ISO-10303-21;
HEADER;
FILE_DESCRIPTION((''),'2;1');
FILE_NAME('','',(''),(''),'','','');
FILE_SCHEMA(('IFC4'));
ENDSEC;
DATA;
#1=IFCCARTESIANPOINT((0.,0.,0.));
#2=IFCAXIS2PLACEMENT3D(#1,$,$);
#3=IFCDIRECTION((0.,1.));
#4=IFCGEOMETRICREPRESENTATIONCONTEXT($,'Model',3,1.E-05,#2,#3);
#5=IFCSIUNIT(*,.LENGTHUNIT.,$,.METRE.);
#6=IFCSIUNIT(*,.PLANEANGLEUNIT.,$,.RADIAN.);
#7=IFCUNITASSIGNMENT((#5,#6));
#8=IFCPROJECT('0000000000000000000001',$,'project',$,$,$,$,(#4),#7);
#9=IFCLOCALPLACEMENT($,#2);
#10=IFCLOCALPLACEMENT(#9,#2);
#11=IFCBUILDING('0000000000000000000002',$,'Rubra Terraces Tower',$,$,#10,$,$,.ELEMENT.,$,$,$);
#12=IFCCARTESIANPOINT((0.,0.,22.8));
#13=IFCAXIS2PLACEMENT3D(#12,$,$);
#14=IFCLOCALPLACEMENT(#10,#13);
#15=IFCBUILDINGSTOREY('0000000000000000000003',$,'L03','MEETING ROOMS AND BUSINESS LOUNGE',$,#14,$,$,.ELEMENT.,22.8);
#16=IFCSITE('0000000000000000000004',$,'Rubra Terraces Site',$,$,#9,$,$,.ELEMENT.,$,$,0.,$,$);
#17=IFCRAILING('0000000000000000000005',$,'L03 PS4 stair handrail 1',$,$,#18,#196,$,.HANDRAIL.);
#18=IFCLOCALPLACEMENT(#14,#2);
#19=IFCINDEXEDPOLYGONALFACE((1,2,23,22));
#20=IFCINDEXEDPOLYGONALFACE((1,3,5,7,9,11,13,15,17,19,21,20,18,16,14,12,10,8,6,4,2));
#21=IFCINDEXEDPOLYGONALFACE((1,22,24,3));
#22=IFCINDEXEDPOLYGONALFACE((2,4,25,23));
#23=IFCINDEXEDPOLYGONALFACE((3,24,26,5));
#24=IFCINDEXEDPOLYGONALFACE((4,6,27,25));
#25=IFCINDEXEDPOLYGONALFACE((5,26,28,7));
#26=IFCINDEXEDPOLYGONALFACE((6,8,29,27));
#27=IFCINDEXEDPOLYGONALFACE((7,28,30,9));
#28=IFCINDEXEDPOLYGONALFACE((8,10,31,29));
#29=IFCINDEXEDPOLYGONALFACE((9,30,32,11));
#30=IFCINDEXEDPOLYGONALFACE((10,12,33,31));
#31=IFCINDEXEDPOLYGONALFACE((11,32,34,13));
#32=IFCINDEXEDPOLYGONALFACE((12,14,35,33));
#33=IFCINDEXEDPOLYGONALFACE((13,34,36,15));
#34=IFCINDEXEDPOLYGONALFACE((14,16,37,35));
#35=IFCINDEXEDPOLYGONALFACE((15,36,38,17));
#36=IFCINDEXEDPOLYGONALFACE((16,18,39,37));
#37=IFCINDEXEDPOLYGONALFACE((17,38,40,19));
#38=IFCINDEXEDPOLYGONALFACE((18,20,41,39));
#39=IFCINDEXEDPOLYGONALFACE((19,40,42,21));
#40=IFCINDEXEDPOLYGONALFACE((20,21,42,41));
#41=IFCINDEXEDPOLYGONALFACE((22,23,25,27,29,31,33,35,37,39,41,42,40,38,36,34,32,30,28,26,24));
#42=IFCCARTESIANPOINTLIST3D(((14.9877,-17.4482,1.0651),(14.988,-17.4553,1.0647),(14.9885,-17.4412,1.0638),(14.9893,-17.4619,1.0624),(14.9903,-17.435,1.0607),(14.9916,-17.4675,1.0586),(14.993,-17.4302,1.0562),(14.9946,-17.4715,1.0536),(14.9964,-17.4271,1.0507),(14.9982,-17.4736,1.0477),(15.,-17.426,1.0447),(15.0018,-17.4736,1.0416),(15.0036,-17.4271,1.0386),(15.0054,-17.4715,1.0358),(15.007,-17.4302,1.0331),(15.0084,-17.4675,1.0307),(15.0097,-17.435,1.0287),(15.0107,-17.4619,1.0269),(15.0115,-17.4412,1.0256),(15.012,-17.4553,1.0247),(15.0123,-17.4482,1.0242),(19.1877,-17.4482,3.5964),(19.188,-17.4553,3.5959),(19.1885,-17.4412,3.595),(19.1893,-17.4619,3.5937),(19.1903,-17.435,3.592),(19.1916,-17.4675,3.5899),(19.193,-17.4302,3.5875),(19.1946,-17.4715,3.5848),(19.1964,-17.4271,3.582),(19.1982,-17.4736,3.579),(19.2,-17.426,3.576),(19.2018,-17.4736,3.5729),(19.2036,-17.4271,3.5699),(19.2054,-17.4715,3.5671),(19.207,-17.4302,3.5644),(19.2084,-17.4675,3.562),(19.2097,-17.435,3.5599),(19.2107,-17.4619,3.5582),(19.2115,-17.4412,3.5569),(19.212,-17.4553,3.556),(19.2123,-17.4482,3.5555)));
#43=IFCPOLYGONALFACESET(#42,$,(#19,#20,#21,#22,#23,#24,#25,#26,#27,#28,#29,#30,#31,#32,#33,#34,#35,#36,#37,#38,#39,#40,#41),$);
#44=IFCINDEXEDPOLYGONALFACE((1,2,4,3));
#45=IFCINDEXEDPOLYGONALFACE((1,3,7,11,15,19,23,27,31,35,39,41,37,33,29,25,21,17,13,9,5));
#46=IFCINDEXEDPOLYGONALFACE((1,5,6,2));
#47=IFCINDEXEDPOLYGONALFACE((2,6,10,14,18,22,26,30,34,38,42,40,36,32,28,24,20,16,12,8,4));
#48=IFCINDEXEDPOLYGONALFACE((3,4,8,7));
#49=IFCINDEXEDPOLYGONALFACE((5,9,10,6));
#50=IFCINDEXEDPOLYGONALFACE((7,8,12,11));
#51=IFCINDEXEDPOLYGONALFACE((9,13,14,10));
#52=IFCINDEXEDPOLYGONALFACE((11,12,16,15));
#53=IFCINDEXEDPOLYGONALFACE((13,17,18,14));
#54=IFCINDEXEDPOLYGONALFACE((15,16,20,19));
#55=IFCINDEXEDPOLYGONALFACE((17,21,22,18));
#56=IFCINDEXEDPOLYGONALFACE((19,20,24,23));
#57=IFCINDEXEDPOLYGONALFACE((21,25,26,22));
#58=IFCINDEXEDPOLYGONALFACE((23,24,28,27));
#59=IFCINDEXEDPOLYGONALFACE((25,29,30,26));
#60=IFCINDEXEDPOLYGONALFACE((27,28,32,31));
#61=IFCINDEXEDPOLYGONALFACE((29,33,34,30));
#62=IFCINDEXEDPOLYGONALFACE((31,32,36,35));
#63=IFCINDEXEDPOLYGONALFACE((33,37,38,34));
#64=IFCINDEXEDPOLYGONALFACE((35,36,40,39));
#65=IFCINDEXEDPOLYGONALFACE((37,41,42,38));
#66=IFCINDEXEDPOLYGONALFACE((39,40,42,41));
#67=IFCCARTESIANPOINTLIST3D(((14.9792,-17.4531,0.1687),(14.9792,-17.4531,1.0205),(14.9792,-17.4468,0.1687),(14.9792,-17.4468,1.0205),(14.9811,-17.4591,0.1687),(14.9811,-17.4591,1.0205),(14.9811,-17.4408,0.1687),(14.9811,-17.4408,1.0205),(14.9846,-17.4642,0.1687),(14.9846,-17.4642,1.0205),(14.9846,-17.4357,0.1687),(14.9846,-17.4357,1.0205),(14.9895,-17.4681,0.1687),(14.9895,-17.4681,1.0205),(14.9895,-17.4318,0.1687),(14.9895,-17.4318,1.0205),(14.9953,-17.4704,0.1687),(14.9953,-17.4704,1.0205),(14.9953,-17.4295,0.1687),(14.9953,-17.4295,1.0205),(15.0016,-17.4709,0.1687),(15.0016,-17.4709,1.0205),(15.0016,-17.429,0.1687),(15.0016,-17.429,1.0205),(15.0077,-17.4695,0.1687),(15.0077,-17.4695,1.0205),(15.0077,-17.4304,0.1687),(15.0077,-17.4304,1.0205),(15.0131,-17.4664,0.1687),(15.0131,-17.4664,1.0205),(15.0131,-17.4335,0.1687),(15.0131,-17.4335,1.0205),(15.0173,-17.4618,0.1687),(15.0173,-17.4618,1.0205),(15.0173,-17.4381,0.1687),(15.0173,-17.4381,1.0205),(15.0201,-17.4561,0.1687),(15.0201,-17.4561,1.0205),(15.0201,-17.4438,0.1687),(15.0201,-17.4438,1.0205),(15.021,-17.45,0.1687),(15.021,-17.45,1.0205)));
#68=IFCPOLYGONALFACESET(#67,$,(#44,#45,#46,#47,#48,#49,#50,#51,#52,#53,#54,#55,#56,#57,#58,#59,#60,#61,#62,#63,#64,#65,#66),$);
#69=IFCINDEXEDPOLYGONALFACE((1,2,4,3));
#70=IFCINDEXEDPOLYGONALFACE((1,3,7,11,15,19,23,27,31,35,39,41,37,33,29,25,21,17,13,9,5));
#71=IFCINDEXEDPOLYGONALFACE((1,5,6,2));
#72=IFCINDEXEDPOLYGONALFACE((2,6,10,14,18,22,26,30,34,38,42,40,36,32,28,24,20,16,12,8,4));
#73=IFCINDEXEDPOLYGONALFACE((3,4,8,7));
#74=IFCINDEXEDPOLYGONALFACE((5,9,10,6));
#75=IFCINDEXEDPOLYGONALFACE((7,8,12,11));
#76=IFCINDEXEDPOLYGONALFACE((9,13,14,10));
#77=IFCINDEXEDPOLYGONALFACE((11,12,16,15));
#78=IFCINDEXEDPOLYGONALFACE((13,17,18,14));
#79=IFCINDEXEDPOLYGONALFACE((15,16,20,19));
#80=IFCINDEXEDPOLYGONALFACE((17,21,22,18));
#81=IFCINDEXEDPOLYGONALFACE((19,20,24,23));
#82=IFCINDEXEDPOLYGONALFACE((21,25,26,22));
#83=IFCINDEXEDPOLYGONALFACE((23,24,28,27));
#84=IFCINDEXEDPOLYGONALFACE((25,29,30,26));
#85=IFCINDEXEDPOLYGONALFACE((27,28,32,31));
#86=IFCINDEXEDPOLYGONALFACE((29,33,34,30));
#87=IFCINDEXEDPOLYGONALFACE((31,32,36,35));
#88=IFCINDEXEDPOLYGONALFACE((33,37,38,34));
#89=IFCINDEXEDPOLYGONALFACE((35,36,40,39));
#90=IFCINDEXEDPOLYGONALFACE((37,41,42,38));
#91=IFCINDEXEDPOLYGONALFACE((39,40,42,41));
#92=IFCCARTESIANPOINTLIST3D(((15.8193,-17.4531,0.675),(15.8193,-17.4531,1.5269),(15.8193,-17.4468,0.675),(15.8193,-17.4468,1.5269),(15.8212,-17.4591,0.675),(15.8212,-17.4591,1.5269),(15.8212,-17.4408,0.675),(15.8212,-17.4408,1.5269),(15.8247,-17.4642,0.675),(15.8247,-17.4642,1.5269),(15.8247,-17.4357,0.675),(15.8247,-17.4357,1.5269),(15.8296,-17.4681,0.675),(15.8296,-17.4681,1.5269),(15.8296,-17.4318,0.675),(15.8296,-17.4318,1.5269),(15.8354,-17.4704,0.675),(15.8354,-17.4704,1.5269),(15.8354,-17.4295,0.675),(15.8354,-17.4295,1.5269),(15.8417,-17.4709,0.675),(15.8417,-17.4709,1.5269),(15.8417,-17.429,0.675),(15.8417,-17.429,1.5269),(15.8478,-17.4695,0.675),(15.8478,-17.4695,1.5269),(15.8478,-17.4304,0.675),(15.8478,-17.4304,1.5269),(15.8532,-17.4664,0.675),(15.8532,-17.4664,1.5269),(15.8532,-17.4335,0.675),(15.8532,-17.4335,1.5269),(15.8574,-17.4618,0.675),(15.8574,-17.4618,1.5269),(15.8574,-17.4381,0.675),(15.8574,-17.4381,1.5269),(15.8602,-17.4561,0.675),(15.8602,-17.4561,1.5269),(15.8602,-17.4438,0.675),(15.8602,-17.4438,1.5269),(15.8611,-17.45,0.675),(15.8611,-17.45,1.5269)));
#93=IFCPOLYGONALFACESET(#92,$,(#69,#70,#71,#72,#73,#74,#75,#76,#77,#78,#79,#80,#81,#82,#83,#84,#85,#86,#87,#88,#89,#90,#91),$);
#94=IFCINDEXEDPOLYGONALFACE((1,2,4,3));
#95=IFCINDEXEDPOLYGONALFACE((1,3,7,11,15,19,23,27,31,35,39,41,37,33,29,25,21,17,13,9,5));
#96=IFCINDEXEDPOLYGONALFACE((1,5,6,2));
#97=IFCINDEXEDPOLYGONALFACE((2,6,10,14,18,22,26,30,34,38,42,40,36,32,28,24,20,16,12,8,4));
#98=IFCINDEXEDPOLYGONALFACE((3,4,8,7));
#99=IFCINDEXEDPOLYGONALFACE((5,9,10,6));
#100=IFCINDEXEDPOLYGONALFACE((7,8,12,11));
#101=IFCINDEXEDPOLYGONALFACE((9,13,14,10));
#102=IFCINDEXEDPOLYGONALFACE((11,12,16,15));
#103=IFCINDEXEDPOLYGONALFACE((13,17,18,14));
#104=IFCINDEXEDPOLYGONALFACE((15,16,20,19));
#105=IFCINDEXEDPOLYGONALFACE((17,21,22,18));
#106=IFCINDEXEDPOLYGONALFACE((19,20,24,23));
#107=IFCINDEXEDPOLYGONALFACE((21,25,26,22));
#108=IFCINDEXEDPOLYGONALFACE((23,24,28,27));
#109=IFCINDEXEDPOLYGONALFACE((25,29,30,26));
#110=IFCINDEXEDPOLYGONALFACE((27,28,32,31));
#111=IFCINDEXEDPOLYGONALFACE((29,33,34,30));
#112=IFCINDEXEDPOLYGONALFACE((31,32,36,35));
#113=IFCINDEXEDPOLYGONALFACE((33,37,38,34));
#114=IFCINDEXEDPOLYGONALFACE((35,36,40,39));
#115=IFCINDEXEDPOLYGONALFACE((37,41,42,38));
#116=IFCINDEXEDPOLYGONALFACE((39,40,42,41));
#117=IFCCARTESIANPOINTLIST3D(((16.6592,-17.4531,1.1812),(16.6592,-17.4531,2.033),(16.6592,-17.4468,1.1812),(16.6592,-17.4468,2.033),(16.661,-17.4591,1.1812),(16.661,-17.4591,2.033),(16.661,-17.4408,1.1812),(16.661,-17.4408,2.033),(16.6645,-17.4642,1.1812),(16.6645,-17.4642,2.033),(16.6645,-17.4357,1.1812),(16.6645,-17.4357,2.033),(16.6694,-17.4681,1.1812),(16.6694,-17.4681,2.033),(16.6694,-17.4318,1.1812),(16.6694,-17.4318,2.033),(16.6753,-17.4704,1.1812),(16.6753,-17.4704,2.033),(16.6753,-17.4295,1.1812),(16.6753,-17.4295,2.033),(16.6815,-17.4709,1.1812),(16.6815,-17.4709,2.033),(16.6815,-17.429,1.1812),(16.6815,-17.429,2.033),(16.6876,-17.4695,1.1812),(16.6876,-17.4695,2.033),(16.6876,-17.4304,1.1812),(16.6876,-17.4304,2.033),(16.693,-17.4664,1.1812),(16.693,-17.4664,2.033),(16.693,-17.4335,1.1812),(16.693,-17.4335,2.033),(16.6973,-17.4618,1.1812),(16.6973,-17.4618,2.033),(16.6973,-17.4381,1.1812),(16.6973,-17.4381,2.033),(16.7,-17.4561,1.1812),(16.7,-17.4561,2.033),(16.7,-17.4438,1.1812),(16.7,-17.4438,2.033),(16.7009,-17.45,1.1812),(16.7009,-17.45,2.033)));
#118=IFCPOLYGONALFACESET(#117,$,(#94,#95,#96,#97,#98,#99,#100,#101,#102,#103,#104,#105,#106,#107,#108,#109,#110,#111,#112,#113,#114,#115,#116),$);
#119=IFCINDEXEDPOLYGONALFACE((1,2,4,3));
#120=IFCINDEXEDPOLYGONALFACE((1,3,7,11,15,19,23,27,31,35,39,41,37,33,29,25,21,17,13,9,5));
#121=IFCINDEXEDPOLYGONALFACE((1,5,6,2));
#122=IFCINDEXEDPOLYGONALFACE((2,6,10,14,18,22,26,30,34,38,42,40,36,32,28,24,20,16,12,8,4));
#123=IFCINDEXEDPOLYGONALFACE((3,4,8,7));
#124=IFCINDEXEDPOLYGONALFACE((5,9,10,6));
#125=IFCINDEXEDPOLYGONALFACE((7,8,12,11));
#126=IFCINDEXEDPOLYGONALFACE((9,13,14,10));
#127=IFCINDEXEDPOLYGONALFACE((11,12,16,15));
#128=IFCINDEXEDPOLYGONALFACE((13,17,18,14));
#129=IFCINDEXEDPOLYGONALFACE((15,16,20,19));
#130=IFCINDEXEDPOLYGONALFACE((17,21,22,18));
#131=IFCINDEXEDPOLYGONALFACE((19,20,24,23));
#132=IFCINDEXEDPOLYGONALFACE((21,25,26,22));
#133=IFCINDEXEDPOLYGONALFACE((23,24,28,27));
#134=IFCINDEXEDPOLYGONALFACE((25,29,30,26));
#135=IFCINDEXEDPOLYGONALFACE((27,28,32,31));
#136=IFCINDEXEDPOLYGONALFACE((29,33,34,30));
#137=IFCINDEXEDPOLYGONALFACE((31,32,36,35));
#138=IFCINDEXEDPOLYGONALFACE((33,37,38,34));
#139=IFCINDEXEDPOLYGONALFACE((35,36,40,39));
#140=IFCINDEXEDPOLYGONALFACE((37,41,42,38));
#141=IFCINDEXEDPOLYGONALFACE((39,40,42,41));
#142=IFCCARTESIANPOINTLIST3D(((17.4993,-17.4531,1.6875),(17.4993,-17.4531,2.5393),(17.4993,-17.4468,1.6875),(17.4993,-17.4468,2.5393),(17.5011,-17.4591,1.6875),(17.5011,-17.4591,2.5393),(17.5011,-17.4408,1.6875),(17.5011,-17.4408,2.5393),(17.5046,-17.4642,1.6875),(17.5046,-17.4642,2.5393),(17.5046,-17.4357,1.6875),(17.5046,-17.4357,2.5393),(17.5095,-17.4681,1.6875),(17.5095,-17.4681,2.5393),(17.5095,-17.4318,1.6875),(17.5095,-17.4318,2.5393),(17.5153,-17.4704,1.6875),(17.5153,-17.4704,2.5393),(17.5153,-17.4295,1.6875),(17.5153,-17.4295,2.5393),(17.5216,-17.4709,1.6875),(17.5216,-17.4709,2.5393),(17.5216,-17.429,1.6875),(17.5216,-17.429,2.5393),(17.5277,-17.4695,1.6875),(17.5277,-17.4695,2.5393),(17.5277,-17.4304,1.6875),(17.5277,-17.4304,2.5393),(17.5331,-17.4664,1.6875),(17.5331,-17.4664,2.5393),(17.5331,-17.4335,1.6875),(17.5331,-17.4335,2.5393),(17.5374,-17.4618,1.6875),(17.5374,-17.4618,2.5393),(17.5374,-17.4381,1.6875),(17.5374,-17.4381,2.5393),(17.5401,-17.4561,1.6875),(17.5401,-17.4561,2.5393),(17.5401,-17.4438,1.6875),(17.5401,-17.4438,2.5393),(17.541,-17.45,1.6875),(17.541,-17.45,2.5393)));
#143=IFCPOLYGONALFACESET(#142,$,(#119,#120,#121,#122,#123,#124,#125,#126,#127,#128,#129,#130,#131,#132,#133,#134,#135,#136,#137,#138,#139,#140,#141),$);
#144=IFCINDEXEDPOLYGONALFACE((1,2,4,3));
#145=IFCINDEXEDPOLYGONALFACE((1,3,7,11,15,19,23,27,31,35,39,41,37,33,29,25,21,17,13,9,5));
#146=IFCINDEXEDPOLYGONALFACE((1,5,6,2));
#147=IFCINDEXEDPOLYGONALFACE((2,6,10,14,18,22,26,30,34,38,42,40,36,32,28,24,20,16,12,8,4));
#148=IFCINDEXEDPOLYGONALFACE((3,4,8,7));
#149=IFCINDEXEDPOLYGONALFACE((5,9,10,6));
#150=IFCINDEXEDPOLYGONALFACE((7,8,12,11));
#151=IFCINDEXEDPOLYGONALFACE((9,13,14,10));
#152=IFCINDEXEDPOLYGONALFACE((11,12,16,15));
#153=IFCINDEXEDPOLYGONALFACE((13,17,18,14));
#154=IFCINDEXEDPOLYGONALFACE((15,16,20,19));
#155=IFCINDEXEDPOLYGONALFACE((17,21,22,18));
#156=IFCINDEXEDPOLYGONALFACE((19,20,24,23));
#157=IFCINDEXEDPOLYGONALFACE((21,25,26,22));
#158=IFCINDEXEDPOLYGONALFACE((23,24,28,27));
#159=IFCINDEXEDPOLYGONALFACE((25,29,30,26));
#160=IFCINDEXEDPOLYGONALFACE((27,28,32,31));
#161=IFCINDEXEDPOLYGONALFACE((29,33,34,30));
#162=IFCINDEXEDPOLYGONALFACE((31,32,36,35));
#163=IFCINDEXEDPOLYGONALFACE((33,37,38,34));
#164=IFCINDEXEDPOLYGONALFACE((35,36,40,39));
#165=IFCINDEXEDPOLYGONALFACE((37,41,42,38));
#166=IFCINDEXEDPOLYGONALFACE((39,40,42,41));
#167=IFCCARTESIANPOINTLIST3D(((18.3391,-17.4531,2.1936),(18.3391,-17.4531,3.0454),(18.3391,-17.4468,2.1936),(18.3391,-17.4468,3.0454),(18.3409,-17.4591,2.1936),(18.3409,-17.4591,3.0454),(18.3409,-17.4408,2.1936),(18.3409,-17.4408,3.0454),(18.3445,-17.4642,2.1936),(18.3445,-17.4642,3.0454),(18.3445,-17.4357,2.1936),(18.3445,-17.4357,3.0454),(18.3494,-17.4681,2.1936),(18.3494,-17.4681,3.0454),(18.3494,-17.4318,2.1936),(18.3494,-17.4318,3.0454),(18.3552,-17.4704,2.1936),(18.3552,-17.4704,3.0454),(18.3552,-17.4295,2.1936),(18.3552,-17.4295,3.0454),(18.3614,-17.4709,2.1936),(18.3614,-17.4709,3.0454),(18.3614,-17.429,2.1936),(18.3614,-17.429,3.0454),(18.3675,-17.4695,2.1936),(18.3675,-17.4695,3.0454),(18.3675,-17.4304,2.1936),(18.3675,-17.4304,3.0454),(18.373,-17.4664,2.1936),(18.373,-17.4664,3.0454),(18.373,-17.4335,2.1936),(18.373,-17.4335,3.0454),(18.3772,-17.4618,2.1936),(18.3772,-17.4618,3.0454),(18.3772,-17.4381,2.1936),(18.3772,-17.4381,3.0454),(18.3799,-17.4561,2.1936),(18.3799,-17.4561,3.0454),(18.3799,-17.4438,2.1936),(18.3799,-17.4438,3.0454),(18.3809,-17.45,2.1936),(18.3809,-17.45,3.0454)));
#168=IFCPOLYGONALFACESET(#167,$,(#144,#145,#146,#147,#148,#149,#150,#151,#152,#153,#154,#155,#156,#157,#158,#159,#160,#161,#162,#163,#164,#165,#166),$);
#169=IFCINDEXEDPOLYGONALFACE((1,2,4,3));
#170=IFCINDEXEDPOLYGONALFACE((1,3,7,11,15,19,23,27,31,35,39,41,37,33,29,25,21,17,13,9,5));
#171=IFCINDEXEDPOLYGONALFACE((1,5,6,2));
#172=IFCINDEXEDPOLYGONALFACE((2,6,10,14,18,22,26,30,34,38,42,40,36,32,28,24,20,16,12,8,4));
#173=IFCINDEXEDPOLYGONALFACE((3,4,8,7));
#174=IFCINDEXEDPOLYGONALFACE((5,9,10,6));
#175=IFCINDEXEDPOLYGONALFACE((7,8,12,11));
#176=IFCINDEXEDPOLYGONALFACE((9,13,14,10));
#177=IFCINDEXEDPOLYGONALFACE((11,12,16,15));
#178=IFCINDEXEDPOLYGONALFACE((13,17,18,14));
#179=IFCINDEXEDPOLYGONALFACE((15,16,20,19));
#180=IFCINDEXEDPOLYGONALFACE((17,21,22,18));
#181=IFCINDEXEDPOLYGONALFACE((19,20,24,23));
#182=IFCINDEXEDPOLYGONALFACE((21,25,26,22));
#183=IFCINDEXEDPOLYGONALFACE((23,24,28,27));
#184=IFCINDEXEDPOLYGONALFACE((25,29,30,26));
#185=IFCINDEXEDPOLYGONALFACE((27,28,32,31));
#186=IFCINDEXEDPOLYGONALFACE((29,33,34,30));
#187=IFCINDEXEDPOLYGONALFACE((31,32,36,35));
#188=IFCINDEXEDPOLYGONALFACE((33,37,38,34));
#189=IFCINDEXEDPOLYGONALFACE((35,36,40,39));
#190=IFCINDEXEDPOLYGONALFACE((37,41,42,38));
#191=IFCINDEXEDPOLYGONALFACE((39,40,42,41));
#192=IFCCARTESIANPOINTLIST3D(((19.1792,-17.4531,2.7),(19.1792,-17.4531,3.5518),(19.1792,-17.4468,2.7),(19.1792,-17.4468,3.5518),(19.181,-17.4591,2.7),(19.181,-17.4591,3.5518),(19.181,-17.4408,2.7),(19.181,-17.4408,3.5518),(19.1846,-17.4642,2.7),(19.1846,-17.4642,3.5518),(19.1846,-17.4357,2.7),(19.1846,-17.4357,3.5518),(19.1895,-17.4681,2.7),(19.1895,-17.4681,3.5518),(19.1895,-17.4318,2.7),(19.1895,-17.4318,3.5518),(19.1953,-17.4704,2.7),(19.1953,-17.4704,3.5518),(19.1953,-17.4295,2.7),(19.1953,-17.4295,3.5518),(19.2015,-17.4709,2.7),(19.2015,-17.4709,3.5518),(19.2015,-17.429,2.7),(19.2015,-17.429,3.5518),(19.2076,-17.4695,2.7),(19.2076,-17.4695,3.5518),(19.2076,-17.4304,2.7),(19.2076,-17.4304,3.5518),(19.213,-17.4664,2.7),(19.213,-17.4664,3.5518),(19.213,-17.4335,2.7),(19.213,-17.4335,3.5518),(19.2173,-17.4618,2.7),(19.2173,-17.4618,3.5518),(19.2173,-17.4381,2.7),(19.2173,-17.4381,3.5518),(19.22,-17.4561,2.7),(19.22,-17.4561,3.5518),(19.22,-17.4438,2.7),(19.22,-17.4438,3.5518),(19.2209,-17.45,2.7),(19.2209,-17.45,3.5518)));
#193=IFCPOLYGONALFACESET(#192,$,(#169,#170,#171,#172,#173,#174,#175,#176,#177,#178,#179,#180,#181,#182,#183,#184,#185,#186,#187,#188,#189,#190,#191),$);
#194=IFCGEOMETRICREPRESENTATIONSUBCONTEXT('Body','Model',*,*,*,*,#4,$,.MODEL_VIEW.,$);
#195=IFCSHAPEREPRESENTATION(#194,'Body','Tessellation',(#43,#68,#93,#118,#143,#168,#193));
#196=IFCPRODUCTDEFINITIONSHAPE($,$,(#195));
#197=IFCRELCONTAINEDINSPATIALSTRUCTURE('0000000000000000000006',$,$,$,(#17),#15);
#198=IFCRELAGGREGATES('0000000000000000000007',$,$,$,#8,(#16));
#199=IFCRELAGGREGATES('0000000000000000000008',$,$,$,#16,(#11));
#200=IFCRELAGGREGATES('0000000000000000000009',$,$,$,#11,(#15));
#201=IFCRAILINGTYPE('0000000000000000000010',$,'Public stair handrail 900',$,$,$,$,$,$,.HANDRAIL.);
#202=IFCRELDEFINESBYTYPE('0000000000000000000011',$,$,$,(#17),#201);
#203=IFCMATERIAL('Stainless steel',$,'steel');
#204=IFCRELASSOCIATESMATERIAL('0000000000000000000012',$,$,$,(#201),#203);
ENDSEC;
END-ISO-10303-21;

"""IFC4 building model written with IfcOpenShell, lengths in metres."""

from ifc_helpers import new_model, si_unit, direction, frame, origin, origin_2d, place, context, subcontext, project, spatial, circle, extrude, material, type_object, element, save


model = new_model("IFC4")

# Units and contexts
model_context = context("Model", 3, precision=1e-05, world=origin(), true_north=direction((0.0, 1.0)))
body_context = subcontext(model_context, "Body", "Model", "MODEL_VIEW")
ifc_project = project(units=[si_unit("LENGTHUNIT", "METRE"), si_unit("PLANEANGLEUNIT", "RADIAN")], contexts=[model_context])

# Site, building, storey
site_placement = place(None, origin())
site = spatial("IfcSite", under=ifc_project, at=site_placement, Name="Rubra Terraces Site", CompositionType="ELEMENT", RefElevation=0.0)
building_placement = place(site_placement, origin())
building = spatial("IfcBuilding", under=site, at=building_placement, Name="Rubra Terraces Tower", CompositionType="ELEMENT")
storey_placement = place(building_placement, frame((0.0, 0.0, 22.8)))
storey = spatial("IfcBuildingStorey", under=building, at=storey_placement, Name="L03", Description="MEETING ROOMS AND BUSINESS LOUNGE", CompositionType="ELEMENT", Elevation=22.8)

# Railing
ifc_material_1 = material(Name="Stainless steel", Category="steel")
railing_type_1 = type_object("IfcRailingType", Name="Public stair handrail 900", PredefinedType="HANDRAIL", material=ifc_material_1)
railing_1_placement = place(storey_placement, frame((15.0, -17.45, 0.1687)))
element("IfcRailing", 1, at=railing_1_placement, inside=storey, type_object=railing_type_1, Name="L03 PS4 stair handrail 1", PredefinedType="HANDRAIL", context=body_context, shape_type="SweptSolid", body=[
    extrude(circle(Radius=0.0239, at=origin_2d()), frame((0.0, 0.0, 0.876), z_axis=(0.856476, 0.0, 0.516186), x_axis=(0.0, 1.0, 0.0)), (0.0, 0.0, 1.0), 4.9038),
    extrude(circle(Radius=0.021, at=origin_2d()), origin(), (0.0, 0.0, 1.0), 0.8518),
    extrude(circle(Radius=0.021, at=origin_2d()), frame((0.8401, 0.0, 0.5063)), (0.0, 0.0, 1.0), 0.8518),
    extrude(circle(Radius=0.021, at=origin_2d()), frame((1.6799, 0.0, 1.0125)), (0.0, 0.0, 1.0), 0.8518),
    extrude(circle(Radius=0.021, at=origin_2d()), frame((2.52, 0.0, 1.5188)), (0.0, 0.0, 1.0), 0.8518),
    extrude(circle(Radius=0.021, at=origin_2d()), frame((3.3599, 0.0, 2.0249)), (0.0, 0.0, 1.0), 0.8518),
    extrude(circle(Radius=0.021, at=origin_2d()), frame((4.2, 0.0, 2.5312)), (0.0, 0.0, 1.0), 0.8518),
])

save(model, "model.ifc")
